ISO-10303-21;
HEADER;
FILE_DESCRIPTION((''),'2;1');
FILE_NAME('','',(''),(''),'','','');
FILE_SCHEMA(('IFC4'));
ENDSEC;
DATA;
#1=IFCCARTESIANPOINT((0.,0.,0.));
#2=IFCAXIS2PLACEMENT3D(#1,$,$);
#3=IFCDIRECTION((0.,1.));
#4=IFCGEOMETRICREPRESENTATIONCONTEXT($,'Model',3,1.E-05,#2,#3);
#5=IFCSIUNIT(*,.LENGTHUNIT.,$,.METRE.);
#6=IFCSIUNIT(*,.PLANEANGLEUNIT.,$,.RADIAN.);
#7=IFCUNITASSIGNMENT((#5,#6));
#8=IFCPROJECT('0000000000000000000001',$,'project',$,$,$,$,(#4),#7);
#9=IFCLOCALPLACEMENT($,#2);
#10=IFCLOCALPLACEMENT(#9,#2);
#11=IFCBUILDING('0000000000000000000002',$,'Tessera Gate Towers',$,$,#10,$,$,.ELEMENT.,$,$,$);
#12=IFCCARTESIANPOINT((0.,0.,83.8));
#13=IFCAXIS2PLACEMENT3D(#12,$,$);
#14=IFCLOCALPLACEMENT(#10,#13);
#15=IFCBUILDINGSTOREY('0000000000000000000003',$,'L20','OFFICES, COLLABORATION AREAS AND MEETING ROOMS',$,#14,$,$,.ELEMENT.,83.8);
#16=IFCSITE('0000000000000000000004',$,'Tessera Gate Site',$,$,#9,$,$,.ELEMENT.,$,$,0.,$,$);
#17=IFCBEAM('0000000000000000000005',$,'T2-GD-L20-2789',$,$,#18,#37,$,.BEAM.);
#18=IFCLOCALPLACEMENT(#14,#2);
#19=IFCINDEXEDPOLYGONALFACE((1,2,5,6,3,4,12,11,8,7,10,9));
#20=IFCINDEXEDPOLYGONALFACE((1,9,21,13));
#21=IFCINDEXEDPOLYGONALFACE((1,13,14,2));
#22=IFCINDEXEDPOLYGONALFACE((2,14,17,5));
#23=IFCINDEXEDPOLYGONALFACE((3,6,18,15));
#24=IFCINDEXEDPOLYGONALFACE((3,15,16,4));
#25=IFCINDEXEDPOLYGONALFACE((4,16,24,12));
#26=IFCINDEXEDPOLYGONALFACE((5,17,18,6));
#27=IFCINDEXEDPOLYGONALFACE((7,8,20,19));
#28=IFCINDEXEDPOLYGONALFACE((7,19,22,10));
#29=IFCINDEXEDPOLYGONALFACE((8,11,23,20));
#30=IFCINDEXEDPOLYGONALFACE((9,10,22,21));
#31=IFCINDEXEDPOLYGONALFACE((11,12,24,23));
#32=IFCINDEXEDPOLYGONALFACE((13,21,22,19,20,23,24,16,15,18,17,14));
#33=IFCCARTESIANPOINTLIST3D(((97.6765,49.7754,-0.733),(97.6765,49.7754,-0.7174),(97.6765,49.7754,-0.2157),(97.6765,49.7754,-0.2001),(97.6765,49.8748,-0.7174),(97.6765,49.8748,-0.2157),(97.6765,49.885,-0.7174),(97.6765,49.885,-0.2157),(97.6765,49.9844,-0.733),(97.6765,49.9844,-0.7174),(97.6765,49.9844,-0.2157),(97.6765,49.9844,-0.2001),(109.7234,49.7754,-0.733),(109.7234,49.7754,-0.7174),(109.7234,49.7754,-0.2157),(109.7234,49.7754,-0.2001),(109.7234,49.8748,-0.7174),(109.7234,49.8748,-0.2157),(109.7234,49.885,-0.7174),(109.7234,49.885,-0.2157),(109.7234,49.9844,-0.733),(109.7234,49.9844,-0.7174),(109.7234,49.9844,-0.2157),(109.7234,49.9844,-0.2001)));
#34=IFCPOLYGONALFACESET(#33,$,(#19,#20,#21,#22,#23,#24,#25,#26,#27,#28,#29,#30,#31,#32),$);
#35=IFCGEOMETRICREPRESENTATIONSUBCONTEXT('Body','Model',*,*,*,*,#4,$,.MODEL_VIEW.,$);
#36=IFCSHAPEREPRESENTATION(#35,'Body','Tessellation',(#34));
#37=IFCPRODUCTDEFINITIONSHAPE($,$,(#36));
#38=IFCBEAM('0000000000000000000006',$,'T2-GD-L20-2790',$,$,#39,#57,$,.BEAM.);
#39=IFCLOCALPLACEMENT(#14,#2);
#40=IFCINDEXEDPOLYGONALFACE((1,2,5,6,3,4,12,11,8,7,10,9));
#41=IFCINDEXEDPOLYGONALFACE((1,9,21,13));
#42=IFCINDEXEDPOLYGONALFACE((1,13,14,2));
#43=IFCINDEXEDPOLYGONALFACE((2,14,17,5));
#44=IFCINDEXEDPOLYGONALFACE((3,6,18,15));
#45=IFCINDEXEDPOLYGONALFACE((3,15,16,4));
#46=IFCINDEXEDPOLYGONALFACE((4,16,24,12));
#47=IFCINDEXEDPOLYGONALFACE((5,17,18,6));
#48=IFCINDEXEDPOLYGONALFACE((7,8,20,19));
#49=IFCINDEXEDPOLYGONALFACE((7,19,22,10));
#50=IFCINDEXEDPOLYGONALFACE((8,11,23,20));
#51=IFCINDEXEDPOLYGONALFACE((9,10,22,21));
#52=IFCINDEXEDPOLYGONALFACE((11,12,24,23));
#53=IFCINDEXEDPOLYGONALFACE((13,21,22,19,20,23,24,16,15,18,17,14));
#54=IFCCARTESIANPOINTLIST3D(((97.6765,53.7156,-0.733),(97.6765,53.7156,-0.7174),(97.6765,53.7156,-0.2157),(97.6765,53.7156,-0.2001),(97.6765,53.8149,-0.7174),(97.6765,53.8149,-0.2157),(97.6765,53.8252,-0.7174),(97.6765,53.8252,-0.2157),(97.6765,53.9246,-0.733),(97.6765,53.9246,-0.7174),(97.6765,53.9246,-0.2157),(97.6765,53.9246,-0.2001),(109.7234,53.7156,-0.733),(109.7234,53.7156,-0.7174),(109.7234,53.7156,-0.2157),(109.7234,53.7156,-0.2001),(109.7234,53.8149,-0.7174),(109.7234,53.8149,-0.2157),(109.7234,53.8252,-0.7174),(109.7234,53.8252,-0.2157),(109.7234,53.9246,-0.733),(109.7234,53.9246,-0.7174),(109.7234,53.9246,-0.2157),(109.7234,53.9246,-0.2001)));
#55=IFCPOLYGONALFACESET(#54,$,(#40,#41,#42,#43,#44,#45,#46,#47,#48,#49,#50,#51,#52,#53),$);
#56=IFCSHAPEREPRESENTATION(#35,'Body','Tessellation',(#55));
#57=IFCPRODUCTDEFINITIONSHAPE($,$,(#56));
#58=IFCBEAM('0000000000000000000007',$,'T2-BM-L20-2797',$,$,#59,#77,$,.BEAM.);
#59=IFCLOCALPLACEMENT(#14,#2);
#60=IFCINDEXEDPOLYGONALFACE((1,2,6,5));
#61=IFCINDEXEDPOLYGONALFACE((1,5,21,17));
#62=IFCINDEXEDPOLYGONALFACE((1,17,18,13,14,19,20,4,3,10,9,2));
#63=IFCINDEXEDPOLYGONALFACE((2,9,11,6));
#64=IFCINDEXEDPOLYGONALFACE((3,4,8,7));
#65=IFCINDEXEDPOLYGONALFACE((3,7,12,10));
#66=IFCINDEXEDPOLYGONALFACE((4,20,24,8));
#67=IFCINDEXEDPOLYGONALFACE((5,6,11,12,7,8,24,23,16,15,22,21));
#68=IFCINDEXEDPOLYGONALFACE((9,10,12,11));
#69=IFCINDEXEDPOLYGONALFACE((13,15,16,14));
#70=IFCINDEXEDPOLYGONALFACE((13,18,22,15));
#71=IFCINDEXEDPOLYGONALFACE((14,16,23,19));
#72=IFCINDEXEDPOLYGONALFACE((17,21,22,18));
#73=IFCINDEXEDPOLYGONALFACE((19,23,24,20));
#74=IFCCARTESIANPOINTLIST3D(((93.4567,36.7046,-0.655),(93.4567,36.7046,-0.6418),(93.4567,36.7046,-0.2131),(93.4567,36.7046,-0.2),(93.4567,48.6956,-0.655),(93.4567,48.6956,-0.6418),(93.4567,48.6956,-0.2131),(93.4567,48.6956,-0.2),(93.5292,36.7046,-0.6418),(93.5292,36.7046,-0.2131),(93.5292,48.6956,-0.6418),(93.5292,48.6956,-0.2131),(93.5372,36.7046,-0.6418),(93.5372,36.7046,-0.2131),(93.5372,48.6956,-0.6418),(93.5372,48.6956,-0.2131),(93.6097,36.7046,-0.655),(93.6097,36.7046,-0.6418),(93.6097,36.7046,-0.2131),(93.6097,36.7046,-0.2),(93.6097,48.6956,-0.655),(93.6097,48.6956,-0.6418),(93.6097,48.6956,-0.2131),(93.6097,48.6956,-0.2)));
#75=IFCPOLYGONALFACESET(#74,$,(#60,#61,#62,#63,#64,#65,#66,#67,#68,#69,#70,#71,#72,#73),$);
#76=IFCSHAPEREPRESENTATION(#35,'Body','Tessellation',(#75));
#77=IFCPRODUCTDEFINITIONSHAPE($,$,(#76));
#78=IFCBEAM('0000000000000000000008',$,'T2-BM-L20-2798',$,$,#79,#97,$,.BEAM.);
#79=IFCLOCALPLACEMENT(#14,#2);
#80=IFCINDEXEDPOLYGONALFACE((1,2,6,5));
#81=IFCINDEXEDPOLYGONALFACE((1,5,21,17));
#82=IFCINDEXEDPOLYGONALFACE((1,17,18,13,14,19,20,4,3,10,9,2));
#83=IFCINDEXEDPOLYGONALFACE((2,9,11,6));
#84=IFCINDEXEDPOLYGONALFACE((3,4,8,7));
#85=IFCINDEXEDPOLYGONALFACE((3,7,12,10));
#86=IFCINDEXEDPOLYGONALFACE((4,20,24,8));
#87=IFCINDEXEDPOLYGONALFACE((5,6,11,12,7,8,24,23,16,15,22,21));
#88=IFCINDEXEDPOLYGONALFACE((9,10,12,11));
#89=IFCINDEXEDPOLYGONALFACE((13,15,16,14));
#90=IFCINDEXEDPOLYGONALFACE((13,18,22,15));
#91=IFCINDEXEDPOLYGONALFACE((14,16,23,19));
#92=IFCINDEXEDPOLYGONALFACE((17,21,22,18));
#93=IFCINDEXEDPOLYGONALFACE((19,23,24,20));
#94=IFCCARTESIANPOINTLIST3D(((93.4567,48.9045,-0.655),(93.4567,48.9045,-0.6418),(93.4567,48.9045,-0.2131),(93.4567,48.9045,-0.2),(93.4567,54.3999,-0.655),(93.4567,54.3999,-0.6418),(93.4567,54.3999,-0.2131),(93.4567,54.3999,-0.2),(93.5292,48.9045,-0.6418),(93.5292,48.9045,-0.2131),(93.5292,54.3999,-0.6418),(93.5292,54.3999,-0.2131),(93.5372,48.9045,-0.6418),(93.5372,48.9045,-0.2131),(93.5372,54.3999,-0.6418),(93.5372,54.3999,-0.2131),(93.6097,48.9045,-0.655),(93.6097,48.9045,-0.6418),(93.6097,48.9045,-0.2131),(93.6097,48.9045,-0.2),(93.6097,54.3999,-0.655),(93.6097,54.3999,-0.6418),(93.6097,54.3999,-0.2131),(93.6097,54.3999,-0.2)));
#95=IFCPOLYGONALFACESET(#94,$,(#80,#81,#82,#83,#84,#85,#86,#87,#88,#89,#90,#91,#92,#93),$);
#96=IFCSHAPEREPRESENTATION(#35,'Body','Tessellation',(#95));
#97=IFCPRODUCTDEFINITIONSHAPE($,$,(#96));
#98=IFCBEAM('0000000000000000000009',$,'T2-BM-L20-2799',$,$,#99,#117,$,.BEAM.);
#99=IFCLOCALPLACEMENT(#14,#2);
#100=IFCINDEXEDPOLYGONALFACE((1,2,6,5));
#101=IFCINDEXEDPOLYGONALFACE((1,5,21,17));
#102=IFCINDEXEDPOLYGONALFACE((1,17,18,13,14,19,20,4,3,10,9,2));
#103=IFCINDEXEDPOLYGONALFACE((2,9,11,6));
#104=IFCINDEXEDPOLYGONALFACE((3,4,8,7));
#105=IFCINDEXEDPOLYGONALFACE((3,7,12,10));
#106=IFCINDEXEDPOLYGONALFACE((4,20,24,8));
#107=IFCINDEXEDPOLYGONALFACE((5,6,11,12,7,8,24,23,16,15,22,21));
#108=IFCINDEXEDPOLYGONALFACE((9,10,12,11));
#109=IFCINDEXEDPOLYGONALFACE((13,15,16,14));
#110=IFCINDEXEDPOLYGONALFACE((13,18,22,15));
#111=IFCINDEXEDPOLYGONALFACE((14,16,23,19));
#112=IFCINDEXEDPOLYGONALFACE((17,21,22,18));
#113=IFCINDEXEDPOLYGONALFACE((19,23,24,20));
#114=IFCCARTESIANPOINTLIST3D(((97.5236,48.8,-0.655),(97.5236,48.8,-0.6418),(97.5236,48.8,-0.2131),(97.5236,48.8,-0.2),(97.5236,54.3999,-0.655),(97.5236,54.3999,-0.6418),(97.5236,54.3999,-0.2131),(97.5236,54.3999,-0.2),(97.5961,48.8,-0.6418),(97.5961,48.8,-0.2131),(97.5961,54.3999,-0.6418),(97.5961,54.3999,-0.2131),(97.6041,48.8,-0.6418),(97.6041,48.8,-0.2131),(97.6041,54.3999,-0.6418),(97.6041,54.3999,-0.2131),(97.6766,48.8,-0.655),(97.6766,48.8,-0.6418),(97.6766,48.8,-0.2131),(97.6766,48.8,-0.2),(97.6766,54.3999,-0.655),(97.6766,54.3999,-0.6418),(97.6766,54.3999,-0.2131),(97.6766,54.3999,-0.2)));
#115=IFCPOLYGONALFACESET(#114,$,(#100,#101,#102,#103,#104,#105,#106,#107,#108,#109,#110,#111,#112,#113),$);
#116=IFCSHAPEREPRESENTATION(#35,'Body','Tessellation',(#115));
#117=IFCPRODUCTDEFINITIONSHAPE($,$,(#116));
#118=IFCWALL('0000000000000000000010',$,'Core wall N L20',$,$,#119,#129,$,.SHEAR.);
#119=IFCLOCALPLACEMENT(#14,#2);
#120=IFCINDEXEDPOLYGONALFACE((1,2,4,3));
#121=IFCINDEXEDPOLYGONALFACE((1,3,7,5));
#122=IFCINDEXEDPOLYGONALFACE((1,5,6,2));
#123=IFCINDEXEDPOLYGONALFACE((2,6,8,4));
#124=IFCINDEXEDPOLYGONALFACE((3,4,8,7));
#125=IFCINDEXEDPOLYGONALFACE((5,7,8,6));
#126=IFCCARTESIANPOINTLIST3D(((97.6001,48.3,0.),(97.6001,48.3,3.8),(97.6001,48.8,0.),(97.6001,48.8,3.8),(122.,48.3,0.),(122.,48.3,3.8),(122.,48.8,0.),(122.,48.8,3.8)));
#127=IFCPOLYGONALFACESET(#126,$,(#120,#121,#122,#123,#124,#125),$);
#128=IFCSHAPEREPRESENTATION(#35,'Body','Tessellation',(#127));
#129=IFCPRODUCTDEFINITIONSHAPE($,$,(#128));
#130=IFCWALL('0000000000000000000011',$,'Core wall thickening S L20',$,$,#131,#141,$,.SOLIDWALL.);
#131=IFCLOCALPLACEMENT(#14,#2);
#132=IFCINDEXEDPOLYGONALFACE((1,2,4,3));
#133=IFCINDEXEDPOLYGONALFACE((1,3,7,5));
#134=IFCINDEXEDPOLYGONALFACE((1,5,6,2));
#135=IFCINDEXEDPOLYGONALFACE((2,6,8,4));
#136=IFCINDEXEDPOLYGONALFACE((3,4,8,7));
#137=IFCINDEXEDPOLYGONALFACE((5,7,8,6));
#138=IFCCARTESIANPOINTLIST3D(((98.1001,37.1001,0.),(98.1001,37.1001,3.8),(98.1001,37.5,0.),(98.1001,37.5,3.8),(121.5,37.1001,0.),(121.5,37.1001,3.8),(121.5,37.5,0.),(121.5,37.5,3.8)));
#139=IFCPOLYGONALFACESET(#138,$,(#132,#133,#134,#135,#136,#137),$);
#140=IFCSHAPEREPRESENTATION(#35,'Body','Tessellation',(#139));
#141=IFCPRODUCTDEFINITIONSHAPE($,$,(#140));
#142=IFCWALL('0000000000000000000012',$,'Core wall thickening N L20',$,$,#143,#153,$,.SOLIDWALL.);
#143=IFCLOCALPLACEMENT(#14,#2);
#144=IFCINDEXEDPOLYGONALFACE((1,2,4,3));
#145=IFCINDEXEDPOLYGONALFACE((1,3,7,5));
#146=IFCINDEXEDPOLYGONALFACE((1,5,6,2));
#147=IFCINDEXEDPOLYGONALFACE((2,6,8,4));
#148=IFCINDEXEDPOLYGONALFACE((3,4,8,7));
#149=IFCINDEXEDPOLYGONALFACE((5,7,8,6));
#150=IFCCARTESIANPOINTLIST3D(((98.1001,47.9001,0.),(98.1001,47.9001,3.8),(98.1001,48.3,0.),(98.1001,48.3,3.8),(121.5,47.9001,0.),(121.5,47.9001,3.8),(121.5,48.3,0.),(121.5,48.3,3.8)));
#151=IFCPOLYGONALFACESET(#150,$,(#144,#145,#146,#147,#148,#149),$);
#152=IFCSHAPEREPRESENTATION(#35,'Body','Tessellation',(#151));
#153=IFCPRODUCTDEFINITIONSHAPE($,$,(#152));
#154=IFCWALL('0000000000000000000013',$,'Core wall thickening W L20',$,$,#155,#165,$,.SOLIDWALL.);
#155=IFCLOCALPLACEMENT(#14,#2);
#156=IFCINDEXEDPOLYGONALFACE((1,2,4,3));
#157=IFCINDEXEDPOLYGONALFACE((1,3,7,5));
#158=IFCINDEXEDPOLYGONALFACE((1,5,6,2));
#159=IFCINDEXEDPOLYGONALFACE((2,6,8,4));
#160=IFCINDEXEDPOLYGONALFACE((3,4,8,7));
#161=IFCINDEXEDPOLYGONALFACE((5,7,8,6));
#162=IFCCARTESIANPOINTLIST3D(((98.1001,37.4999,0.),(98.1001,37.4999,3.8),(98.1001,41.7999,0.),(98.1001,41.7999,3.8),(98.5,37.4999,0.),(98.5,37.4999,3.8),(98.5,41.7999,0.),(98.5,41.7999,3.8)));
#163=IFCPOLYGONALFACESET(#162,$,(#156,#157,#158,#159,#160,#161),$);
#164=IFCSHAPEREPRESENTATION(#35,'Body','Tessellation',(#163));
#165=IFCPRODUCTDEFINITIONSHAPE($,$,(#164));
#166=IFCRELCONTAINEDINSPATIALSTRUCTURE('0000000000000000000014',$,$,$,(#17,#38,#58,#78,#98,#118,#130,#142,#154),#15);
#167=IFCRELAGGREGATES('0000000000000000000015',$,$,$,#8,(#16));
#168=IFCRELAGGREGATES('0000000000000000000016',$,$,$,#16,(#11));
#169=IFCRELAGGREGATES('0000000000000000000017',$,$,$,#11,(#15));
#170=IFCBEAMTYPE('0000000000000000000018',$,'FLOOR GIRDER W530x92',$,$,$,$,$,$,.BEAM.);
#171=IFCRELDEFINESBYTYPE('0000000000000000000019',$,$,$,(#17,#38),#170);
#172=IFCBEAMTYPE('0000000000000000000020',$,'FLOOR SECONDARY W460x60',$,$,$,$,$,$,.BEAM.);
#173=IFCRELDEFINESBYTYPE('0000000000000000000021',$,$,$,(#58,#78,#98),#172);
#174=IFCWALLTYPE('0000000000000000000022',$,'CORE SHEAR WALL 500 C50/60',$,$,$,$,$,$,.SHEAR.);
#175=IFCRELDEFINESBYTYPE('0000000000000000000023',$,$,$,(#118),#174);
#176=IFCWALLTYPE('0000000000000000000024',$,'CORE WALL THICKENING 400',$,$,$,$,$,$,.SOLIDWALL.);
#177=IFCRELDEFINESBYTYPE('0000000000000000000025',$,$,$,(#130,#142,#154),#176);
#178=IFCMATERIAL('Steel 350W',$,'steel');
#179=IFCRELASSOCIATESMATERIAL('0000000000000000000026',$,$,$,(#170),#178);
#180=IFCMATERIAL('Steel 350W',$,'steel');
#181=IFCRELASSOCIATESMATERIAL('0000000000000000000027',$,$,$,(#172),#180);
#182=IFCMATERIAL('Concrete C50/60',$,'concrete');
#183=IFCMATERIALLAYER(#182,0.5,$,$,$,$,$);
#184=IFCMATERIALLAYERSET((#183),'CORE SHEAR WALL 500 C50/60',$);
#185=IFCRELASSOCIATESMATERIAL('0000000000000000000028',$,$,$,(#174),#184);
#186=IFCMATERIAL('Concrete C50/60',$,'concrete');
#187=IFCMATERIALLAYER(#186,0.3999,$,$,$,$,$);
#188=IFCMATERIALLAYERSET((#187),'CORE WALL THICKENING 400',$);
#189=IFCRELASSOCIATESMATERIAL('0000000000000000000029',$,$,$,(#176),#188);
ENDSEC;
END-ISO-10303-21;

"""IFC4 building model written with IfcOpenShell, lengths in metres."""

from ifc_helpers import new_model, si_unit, direction, frame, frame_2d, origin, origin_2d, place, context, subcontext, project, spatial, rectangle, i_section, extrude, material, layer, layer_set, material_profile, profile_set, type_object, element, save


model = new_model("IFC4")

# Units and contexts
model_context = context("Model", 3, precision=1e-05, world=origin(), true_north=direction((0.0, 1.0)))
body_context = subcontext(model_context, "Body", "Model", "MODEL_VIEW")
ifc_project = project(units=[si_unit("LENGTHUNIT", "METRE"), si_unit("PLANEANGLEUNIT", "RADIAN")], contexts=[model_context])

# Site, building, storey
site_placement = place(None, origin())
site = spatial("IfcSite", under=ifc_project, at=site_placement, Name="Tessera Gate Site", CompositionType="ELEMENT", RefElevation=0.0)
building_placement = place(site_placement, origin())
building = spatial("IfcBuilding", under=site, at=building_placement, Name="Tessera Gate Towers", CompositionType="ELEMENT")
storey_placement = place(building_placement, frame((0.0, 0.0, 83.8)))
storey = spatial("IfcBuildingStorey", under=building, at=storey_placement, Name="L20", Description="OFFICES, COLLABORATION AREAS AND MEETING ROOMS", CompositionType="ELEMENT", Elevation=83.8)

# Beams
ifc_material_1 = material(Name="Steel 350W", Category="steel")
ifc_material_profile_1 = material_profile(ifc_material_1, i_section(OverallWidth=0.209, OverallDepth=0.533, WebThickness=0.0103, FlangeThickness=0.0156, at=origin_2d()), Name="W530x92")
ifc_profile_set_1 = profile_set([ifc_material_profile_1], Name="Steel 350W")
beam_type_1 = type_object("IfcBeamType", Name="FLOOR GIRDER W530x92", PredefinedType="BEAM", material=ifc_profile_set_1)
for number, where, z_axis, x_axis, name in (
    (1, (97.6765, 49.8799, -0.4666), (1.0, 0.0, 0.0), (0.0, 1.0, 0.0), "T2-GD-L20-2789"),
    (2, (97.6765, 53.8201, -0.4666), (1.0, 0.0, 0.0), (0.0, 1.0, 0.0), "T2-GD-L20-2790"),
):
    element("IfcBeam", number, at=place(storey_placement, frame(where, z_axis=z_axis, x_axis=x_axis)), inside=storey, type_object=beam_type_1, Name=name, PredefinedType="BEAM", context=body_context, shape_type="SweptSolid", body=[
        extrude(i_section(OverallWidth=0.209, OverallDepth=0.533, WebThickness=0.0103, FlangeThickness=0.0156, at=origin_2d()), origin(), (0.0, 0.0, 1.0), 12.0469),
    ])
ifc_material_2 = material(Name="Steel 350W", Category="steel")
ifc_material_profile_2 = material_profile(ifc_material_2, i_section(OverallWidth=0.1531, OverallDepth=0.4551, WebThickness=0.0081, FlangeThickness=0.0132, at=origin_2d()), Name="W460x60")
ifc_profile_set_2 = profile_set([ifc_material_profile_2], Name="Steel 350W")
beam_type_2 = type_object("IfcBeamType", Name="FLOOR SECONDARY W460x60", PredefinedType="BEAM", material=ifc_profile_set_2)
beam_1_placement = place(storey_placement, frame((93.5332, 36.7046, -0.4275), z_axis=(0.0, 1.0, 0.0), x_axis=(-1.0, 0.0, 0.0)))
element("IfcBeam", 3, at=beam_1_placement, inside=storey, type_object=beam_type_2, Name="T2-BM-L20-2797", PredefinedType="BEAM", context=body_context, shape_type="SweptSolid", body=[
    extrude(i_section(OverallWidth=0.1531, OverallDepth=0.4551, WebThickness=0.0081, FlangeThickness=0.0132, at=origin_2d()), origin(), (0.0, 0.0, 1.0), 11.991),
])
beam_2_placement = place(storey_placement, frame((93.5332, 48.9045, -0.4275), z_axis=(0.0, 1.0, 0.0), x_axis=(-1.0, 0.0, 0.0)))
element("IfcBeam", 4, at=beam_2_placement, inside=storey, type_object=beam_type_2, Name="T2-BM-L20-2798", PredefinedType="BEAM", context=body_context, shape_type="SweptSolid", body=[
    extrude(i_section(OverallWidth=0.1531, OverallDepth=0.4551, WebThickness=0.0081, FlangeThickness=0.0132, at=origin_2d()), origin(), (0.0, 0.0, 1.0), 5.4954),
])
beam_3_placement = place(storey_placement, frame((97.6001, 48.8, -0.4275), z_axis=(0.0, 1.0, 0.0), x_axis=(-1.0, 0.0, 0.0)))
element("IfcBeam", 5, at=beam_3_placement, inside=storey, type_object=beam_type_2, Name="T2-BM-L20-2799", PredefinedType="BEAM", context=body_context, shape_type="SweptSolid", body=[
    extrude(i_section(OverallWidth=0.1531, OverallDepth=0.4551, WebThickness=0.0081, FlangeThickness=0.0132, at=origin_2d()), origin(), (0.0, 0.0, 1.0), 5.5999),
])

# Shared definitions
ifc_material_3 = material(Name="Concrete C50/60", Category="concrete")
ifc_layer_1 = layer(ifc_material_3, 0.5)
ifc_layer_set_1 = layer_set([ifc_layer_1], Name="CORE SHEAR WALL 500 C50/60")
wall_type_1 = type_object("IfcWallType", Name="CORE SHEAR WALL 500 C50/60", PredefinedType="SHEAR", material=ifc_layer_set_1)

# Walls
wall_1_placement = place(storey_placement, frame((97.6001, 48.55, 0.0), z_axis=(0.0, 0.0, 1.0), x_axis=(1.0, 0.0, 0.0)))
element("IfcWall", 6, at=wall_1_placement, inside=storey, type_object=wall_type_1, Name="Core wall N L20", PredefinedType="SHEAR", context=body_context, shape_type="SweptSolid", body=[
    extrude(rectangle(XDim=24.3999, YDim=0.5, at=frame_2d((12.2, 0.0))), origin(), (0.0, 0.0, 1.0), 3.8),
])
ifc_material_4 = material(Name="Concrete C50/60", Category="concrete")
ifc_layer_2 = layer(ifc_material_4, 0.3999)
ifc_layer_set_2 = layer_set([ifc_layer_2], Name="CORE WALL THICKENING 400")
wall_type_2 = type_object("IfcWallType", Name="CORE WALL THICKENING 400", PredefinedType="SOLIDWALL", material=ifc_layer_set_2)
for number, where, z_axis, x_axis, name in (
    (7, (98.1001, 37.3, 0.0), (0.0, 0.0, 1.0), (1.0, 0.0, 0.0), "Core wall thickening S L20"),
    (8, (98.1001, 48.1001, 0.0), (0.0, 0.0, 1.0), (1.0, 0.0, 0.0), "Core wall thickening N L20"),
):
    element("IfcWall", number, at=place(storey_placement, frame(where, z_axis=z_axis, x_axis=x_axis)), inside=storey, type_object=wall_type_2, Name=name, PredefinedType="SOLIDWALL", context=body_context, shape_type="SweptSolid", body=[
        extrude(rectangle(XDim=23.3999, YDim=0.3999, at=frame_2d((11.7, 0.0))), origin(), (0.0, 0.0, 1.0), 3.8),
    ])
wall_2_placement = place(storey_placement, frame((98.3, 37.5, 0.0), z_axis=(0.0, 0.0, 1.0), x_axis=(0.0, 1.0, 0.0)))
element("IfcWall", 9, at=wall_2_placement, inside=storey, type_object=wall_type_2, Name="Core wall thickening W L20", PredefinedType="SOLIDWALL", context=body_context, shape_type="SweptSolid", body=[
    extrude(rectangle(XDim=4.3, YDim=0.3999, at=frame_2d((2.1499, 0.0))), origin(), (0.0, 0.0, 1.0), 3.8),
])

save(model, "model.ifc")
